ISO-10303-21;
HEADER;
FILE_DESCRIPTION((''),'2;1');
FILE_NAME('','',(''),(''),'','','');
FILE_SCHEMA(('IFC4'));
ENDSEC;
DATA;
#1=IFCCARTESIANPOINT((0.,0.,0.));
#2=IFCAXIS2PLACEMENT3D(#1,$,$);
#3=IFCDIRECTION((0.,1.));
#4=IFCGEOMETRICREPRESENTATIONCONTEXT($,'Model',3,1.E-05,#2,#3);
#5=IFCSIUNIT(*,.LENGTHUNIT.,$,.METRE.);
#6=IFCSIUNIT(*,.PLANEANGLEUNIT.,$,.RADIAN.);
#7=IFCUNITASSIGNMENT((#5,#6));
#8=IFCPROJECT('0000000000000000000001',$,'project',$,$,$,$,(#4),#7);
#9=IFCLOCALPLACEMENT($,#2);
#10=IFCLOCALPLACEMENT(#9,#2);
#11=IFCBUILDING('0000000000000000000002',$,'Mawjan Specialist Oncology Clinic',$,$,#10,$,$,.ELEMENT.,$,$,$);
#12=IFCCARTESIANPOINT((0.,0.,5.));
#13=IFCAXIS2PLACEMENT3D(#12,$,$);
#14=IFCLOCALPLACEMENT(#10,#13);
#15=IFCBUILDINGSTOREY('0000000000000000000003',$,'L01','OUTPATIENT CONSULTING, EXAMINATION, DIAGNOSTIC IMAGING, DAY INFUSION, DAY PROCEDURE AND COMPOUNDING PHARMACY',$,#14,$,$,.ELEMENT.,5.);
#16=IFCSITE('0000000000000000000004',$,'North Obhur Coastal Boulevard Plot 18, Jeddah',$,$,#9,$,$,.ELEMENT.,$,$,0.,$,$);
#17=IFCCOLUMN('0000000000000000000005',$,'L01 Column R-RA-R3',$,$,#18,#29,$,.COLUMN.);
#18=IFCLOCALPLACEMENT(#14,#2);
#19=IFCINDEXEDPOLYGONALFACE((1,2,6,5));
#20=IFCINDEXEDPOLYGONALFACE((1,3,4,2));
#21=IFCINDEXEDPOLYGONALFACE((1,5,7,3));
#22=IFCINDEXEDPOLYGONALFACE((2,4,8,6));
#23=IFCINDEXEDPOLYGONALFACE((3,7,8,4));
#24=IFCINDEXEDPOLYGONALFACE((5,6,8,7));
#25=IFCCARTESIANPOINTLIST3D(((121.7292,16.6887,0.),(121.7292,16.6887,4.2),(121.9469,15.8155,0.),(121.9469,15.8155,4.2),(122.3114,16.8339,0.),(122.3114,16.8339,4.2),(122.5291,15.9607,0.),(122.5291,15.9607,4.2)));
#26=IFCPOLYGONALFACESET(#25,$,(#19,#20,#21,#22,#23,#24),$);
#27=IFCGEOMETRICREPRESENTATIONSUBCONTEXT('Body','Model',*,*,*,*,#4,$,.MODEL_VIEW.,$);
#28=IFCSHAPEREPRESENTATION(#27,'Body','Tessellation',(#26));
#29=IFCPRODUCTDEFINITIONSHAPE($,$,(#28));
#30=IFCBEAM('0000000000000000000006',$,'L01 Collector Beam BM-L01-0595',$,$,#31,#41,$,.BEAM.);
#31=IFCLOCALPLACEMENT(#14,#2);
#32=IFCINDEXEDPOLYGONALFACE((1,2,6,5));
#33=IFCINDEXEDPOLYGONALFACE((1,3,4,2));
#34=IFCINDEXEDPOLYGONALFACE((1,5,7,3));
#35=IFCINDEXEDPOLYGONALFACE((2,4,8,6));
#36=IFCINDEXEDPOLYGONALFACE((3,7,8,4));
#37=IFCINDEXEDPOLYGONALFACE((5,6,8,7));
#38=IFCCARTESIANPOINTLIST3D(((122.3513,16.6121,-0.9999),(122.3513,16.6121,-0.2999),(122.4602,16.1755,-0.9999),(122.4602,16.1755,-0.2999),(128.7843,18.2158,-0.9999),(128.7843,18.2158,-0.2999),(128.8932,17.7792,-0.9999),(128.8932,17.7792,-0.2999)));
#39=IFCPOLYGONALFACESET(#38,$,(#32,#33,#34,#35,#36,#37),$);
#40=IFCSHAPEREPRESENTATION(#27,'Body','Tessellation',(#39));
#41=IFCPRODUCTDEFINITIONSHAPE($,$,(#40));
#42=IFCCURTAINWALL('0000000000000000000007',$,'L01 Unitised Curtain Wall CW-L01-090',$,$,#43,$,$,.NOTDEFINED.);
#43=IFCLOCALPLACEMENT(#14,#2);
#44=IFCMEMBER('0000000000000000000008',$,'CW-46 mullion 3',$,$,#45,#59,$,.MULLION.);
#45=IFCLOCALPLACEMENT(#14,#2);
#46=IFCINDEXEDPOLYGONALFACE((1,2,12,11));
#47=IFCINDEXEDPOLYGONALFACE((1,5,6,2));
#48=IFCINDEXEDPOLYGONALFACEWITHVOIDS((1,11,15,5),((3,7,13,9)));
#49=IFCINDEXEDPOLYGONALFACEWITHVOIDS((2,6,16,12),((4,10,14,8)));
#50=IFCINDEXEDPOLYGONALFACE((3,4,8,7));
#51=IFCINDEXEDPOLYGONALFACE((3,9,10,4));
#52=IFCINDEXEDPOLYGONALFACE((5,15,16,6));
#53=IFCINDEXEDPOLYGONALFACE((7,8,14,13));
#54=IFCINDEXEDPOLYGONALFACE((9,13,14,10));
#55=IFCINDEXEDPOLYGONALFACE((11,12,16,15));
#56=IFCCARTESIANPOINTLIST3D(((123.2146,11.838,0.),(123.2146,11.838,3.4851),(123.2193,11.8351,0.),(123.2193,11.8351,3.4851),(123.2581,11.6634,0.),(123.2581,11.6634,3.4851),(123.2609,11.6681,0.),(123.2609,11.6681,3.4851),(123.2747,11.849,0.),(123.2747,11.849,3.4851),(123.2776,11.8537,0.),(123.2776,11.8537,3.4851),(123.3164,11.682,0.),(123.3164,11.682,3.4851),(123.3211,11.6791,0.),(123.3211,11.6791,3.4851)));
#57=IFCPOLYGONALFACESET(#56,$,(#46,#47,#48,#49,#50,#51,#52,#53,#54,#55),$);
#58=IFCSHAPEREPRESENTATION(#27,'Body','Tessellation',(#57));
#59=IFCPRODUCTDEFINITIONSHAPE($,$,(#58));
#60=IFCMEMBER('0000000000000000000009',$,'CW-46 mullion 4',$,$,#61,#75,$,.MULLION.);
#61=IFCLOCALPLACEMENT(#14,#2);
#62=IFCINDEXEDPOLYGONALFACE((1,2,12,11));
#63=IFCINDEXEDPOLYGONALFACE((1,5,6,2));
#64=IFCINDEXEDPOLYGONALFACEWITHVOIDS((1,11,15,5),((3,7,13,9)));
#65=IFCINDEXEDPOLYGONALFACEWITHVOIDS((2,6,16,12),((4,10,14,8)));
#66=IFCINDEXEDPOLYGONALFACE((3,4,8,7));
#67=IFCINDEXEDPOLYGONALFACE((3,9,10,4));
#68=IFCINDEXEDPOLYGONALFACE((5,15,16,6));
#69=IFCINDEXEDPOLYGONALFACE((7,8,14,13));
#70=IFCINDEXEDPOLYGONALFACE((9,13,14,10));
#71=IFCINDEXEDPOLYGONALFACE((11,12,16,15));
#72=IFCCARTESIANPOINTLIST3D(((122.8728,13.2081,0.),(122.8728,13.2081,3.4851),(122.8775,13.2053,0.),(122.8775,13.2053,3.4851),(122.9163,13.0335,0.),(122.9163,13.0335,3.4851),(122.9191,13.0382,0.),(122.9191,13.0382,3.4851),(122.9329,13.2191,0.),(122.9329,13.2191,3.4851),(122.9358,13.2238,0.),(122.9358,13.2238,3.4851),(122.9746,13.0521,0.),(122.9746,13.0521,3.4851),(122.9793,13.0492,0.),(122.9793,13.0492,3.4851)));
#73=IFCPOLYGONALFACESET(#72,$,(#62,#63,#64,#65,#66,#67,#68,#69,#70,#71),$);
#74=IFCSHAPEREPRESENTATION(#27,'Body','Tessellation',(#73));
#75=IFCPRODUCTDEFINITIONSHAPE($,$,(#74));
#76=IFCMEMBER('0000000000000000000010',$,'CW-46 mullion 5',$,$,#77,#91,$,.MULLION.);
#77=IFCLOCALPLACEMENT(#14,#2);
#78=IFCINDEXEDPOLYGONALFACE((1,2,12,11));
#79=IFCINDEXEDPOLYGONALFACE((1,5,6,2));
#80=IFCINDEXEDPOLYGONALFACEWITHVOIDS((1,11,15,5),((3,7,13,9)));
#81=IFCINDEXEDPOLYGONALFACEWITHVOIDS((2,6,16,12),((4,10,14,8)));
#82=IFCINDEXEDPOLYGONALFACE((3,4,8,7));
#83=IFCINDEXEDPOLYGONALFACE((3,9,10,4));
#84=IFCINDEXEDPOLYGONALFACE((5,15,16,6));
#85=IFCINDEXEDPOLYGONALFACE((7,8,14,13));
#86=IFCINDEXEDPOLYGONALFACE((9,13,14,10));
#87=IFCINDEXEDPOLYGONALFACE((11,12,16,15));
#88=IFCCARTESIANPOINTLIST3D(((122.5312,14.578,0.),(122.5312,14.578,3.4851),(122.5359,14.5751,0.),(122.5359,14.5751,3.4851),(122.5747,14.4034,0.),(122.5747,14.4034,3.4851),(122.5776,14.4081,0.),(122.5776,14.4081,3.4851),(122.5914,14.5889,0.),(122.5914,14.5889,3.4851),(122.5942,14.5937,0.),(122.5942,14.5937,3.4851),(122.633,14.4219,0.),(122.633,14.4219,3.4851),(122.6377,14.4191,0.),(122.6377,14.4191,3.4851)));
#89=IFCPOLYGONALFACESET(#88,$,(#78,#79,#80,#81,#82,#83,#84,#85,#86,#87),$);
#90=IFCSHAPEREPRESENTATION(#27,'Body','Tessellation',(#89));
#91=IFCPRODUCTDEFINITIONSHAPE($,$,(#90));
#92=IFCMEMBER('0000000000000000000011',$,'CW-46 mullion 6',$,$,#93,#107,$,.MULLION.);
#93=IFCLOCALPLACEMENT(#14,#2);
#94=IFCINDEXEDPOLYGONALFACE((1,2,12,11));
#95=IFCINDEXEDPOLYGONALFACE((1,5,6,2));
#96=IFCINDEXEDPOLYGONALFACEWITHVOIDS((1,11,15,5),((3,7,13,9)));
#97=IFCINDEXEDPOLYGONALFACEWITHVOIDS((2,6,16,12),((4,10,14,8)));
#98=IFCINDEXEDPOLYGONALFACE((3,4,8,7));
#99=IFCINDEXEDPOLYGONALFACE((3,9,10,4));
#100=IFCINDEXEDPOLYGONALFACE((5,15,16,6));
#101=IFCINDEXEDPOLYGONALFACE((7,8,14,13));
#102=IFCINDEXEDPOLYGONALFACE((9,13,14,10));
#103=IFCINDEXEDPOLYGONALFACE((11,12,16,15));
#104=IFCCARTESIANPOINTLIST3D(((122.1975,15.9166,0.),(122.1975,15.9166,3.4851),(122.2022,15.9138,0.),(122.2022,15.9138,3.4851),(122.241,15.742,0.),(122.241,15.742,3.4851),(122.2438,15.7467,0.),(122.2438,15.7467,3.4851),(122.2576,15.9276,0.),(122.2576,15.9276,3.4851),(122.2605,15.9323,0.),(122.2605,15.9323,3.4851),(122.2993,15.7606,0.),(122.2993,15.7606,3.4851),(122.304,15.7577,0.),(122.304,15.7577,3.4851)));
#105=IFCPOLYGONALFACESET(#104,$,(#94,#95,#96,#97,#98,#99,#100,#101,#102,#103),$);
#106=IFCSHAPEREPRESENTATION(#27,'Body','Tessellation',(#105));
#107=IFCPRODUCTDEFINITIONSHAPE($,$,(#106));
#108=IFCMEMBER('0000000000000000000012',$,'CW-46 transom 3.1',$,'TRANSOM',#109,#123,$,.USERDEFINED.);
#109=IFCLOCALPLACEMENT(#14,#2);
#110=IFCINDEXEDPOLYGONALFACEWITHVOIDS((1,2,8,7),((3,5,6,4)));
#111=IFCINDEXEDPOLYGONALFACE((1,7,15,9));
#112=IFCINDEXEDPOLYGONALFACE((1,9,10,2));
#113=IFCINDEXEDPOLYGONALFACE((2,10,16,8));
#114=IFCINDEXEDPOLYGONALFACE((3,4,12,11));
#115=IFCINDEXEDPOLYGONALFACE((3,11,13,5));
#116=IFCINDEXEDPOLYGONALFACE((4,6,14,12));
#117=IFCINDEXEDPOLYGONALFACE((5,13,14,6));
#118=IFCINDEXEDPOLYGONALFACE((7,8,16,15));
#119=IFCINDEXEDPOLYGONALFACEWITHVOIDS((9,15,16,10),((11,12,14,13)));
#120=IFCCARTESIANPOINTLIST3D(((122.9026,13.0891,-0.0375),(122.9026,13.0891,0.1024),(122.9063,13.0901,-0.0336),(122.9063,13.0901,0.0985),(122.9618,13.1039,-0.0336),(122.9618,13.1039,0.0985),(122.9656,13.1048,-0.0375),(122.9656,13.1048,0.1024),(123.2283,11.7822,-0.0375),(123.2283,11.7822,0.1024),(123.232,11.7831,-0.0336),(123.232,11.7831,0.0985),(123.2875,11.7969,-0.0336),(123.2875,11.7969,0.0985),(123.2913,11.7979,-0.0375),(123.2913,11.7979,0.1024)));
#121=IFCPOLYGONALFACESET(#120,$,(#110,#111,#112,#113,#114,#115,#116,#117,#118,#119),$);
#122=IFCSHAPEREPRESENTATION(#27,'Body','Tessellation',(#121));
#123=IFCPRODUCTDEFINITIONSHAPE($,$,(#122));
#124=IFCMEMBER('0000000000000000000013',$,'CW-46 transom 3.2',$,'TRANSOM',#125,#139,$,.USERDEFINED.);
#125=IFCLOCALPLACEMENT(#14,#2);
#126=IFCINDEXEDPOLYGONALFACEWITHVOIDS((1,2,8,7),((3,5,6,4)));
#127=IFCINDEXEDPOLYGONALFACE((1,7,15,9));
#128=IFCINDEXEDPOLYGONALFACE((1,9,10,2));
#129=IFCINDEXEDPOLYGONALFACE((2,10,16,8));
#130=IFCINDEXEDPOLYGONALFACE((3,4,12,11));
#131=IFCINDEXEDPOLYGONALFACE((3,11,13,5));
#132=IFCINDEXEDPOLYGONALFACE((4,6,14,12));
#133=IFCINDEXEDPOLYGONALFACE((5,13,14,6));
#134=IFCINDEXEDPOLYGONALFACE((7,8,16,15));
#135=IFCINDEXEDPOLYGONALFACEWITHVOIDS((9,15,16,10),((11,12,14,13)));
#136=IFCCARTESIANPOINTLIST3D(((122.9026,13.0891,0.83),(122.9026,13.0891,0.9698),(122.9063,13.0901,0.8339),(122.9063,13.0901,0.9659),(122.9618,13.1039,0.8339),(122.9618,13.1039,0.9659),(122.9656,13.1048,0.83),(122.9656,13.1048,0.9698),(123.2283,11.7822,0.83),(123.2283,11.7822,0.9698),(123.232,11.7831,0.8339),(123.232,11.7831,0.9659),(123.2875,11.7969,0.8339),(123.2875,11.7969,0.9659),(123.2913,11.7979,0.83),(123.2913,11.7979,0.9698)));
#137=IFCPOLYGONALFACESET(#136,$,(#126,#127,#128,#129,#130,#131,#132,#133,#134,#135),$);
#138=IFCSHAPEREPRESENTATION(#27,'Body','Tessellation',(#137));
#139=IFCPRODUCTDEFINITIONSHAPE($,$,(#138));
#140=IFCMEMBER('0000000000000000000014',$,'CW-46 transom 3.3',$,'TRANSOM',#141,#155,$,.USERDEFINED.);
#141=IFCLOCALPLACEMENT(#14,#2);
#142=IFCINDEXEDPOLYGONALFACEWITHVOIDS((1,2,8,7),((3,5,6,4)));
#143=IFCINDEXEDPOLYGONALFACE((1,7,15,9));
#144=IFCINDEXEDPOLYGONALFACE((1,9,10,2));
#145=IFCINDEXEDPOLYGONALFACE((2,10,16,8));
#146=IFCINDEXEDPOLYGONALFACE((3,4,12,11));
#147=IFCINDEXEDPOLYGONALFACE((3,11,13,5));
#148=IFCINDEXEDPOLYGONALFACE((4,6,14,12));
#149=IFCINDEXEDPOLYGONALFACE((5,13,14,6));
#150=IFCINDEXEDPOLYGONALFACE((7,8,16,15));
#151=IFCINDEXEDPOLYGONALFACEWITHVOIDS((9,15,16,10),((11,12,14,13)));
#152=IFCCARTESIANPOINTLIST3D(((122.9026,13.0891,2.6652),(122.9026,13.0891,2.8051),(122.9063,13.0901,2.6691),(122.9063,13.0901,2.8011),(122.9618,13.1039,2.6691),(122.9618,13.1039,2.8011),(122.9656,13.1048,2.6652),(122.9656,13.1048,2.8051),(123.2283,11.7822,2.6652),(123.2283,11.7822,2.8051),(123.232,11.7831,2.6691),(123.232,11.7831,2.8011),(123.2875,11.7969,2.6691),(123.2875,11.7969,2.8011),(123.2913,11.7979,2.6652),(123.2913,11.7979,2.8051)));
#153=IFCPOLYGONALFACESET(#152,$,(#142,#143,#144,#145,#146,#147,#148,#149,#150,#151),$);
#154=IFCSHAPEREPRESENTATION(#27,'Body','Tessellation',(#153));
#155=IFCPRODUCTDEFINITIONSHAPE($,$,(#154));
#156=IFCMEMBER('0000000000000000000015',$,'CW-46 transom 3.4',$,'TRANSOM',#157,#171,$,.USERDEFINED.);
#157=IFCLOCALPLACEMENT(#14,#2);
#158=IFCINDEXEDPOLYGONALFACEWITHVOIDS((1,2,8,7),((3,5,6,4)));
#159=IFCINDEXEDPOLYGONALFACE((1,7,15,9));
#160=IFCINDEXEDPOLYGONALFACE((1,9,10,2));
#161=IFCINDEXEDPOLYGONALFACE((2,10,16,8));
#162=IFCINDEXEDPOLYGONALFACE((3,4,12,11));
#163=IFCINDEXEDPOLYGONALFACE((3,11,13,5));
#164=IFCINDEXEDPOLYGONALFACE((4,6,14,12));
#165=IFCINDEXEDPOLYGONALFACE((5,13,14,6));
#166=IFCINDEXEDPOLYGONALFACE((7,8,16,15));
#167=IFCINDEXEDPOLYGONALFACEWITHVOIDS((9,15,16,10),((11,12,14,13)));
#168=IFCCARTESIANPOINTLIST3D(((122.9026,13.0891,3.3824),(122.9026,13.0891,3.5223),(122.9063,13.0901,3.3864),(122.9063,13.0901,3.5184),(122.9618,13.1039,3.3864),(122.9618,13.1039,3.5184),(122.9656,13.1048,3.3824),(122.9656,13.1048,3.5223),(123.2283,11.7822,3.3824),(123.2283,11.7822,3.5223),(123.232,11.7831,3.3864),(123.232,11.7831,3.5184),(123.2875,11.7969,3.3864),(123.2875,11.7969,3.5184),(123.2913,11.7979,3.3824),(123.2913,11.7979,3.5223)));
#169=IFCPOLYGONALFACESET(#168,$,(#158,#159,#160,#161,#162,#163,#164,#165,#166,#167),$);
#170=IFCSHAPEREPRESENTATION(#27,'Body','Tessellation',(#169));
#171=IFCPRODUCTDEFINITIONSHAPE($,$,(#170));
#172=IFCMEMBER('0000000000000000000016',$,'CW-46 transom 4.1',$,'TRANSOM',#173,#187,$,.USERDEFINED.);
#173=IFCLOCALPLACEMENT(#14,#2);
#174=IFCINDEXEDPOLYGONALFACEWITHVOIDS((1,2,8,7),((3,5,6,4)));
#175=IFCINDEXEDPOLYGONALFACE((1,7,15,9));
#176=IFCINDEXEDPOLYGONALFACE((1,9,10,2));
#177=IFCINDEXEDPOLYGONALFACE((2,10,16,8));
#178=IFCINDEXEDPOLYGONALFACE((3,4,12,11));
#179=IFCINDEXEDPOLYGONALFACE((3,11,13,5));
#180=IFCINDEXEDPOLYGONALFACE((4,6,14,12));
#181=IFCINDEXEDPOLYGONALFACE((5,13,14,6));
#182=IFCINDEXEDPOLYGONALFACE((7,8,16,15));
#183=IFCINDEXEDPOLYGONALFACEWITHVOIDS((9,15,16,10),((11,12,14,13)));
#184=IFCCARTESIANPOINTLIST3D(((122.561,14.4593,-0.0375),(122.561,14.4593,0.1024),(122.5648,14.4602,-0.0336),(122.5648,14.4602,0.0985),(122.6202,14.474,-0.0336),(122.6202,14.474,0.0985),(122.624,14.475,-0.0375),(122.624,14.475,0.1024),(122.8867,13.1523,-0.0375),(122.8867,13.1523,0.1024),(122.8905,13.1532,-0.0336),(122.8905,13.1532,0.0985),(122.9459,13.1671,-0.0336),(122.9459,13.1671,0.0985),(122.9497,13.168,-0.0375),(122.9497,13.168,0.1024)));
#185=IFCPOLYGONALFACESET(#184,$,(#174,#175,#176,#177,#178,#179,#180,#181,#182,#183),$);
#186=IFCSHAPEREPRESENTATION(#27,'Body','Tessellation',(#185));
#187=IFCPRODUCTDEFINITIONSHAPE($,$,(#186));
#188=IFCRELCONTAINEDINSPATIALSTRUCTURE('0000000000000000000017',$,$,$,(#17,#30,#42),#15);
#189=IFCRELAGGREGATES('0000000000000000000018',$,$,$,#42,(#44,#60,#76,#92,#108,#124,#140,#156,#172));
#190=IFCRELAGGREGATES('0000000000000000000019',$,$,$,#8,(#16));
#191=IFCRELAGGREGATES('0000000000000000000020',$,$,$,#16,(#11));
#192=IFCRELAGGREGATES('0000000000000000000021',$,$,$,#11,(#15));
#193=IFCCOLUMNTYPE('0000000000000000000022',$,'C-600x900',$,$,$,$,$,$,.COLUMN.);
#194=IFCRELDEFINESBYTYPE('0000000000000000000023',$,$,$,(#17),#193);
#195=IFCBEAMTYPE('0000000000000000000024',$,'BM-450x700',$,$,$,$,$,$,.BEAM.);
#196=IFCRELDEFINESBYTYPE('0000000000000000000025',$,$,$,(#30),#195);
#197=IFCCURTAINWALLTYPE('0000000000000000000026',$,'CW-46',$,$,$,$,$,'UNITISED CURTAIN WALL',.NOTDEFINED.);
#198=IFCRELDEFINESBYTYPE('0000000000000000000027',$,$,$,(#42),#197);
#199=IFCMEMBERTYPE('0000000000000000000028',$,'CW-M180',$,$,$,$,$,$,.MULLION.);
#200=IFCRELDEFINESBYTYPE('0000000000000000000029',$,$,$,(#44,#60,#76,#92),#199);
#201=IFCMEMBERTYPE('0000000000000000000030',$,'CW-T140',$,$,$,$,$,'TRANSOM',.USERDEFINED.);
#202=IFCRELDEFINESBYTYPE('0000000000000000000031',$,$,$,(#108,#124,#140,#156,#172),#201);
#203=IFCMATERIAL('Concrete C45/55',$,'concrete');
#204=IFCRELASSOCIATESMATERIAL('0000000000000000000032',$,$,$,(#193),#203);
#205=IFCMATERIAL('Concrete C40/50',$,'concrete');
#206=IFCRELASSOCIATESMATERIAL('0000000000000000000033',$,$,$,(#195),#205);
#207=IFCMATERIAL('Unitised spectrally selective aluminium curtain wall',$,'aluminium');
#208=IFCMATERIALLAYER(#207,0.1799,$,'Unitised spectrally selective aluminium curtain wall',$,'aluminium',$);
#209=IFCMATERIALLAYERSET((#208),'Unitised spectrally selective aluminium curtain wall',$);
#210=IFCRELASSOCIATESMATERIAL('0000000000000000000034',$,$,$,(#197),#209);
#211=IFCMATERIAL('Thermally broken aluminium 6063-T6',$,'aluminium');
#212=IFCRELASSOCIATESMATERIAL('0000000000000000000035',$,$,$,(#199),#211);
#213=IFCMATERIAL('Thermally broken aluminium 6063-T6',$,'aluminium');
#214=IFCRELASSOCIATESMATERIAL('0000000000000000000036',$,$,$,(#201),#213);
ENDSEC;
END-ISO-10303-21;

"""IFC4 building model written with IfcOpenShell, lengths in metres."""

from ifc_helpers import new_model, si_unit, direction, frame, origin, origin_2d, place, context, subcontext, project, spatial, rectangle, hollow_rectangle, extrude, material, layer, layer_set, material_profile, profile_set, type_object, element, aggregate, save


model = new_model("IFC4")

# Units and contexts
model_context = context("Model", 3, precision=1e-05, world=origin(), true_north=direction((0.0, 1.0)))
body_context = subcontext(model_context, "Body", "Model", "MODEL_VIEW")
ifc_project = project(units=[si_unit("LENGTHUNIT", "METRE"), si_unit("PLANEANGLEUNIT", "RADIAN")], contexts=[model_context])

# Site, building, storey
site_placement = place(None, origin())
site = spatial("IfcSite", under=ifc_project, at=site_placement, Name="North Obhur Coastal Boulevard Plot 18, Jeddah", CompositionType="ELEMENT", RefElevation=0.0)
building_placement = place(site_placement, origin())
building = spatial("IfcBuilding", under=site, at=building_placement, Name="Mawjan Specialist Oncology Clinic", CompositionType="ELEMENT")
storey_placement = place(building_placement, frame((0.0, 0.0, 5.0)))
storey = spatial("IfcBuildingStorey", under=building, at=storey_placement, Name="L01", Description="OUTPATIENT CONSULTING, EXAMINATION, DIAGNOSTIC IMAGING, DAY INFUSION, DAY PROCEDURE AND COMPOUNDING PHARMACY", CompositionType="ELEMENT", Elevation=5.0)

# Column
ifc_material_1 = material(Name="Concrete C45/55", Category="concrete")
ifc_material_profile_1 = material_profile(ifc_material_1, rectangle(XDim=0.6001, YDim=0.8999, at=origin_2d()), Name="RC COL 600x900", Category="concrete")
ifc_profile_set_1 = profile_set([ifc_material_profile_1], Name="Concrete C45/55")
column_type = type_object("IfcColumnType", Name="C-600x900", PredefinedType="COLUMN", material=ifc_profile_set_1)
column_placement = place(storey_placement, frame((122.1292, 16.3247, 0.0), z_axis=(0.0, 0.0, 1.0), x_axis=(0.970296, 0.241922, 0.0)))
element("IfcColumn", 1, at=column_placement, inside=storey, type_object=column_type, Name="L01 Column R-RA-R3", PredefinedType="COLUMN", context=body_context, shape_type="SweptSolid", body=[
    extrude(rectangle(XDim=0.6001, YDim=0.8999, at=origin_2d()), origin(), (0.0, 0.0, 1.0), 4.2),
])

# Beam
ifc_material_2 = material(Name="Concrete C40/50", Category="concrete")
ifc_material_profile_2 = material_profile(ifc_material_2, rectangle(XDim=0.45, YDim=0.7, at=origin_2d()), Name="RC BM 450x700", Category="concrete")
ifc_profile_set_2 = profile_set([ifc_material_profile_2], Name="Concrete C40/50")
beam_type_1 = type_object("IfcBeamType", Name="BM-450x700", PredefinedType="BEAM", material=ifc_profile_set_2)
beam_1_placement = place(storey_placement, frame((122.4058, 16.3938, -0.6499), z_axis=(0.970303, 0.241894, 0.0), x_axis=(-0.241894, 0.970303, 0.0)))
element("IfcBeam", 2, at=beam_1_placement, inside=storey, type_object=beam_type_1, Name="L01 Collector Beam BM-L01-0595", PredefinedType="BEAM", context=body_context, shape_type="SweptSolid", body=[
    extrude(rectangle(XDim=0.45, YDim=0.7, at=origin_2d()), origin(), (0.0, 0.0, 1.0), 6.6299),
])

# Curtain wall, members
ifc_material_3 = material(Name="Unitised spectrally selective aluminium curtain wall", Category="aluminium")
ifc_layer_1 = layer(ifc_material_3, 0.1799, Name="Unitised spectrally selective aluminium curtain wall", Category="aluminium")
ifc_layer_set_1 = layer_set([ifc_layer_1], Name="Unitised spectrally selective aluminium curtain wall")
curtain_wall_type = type_object("IfcCurtainWallType", Name="CW-46", ElementType="UNITISED CURTAIN WALL", PredefinedType="NOTDEFINED", material=ifc_layer_set_1)
curtain_wall_placement = place(storey_placement, origin())
curtain_wall = element("IfcCurtainWall", 3, at=curtain_wall_placement, inside=storey, type_object=curtain_wall_type, Name="L01 Unitised Curtain Wall CW-L01-090", PredefinedType="NOTDEFINED")
ifc_material_4 = material(Name="Thermally broken aluminium 6063-T6", Category="aluminium")
ifc_material_profile_3 = material_profile(ifc_material_4, hollow_rectangle(XDim=0.0649, YDim=0.1799, WallThickness=0.0039, at=origin_2d()), Name="ALU MULLION 180x65x4", Category="aluminium")
ifc_profile_set_3 = profile_set([ifc_material_profile_3], Name="Thermally broken aluminium 6063-T6")
member_type_1 = type_object("IfcMemberType", Name="CW-M180", PredefinedType="MULLION", material=ifc_profile_set_3)
member_1_placement = place(storey_placement, frame((123.2678, 11.7585, 0.0), z_axis=(0.0, 0.0, 1.0), x_axis=(-0.970296, -0.241922, 0.0)))
member_1 = element("IfcMember", 4, at=member_1_placement, type_object=member_type_1, Name="CW-46 mullion 3", PredefinedType="MULLION", context=body_context, shape_type="SweptSolid", body=[
    extrude(hollow_rectangle(XDim=0.0649, YDim=0.1799, WallThickness=0.0039, at=origin_2d()), origin(), (0.0, 0.0, 1.0), 3.4851),
])
member_2_placement = place(storey_placement, frame((122.926, 13.1287, 0.0), z_axis=(0.0, 0.0, 1.0), x_axis=(-0.970296, -0.241922, 0.0)))
member_2 = element("IfcMember", 5, at=member_2_placement, type_object=member_type_1, Name="CW-46 mullion 4", PredefinedType="MULLION", context=body_context, shape_type="SweptSolid", body=[
    extrude(hollow_rectangle(XDim=0.0649, YDim=0.1799, WallThickness=0.0039, at=origin_2d()), origin(), (0.0, 0.0, 1.0), 3.4851),
])
member_3_placement = place(storey_placement, frame((122.5845, 14.4985, 0.0), z_axis=(0.0, 0.0, 1.0), x_axis=(-0.970296, -0.241922, 0.0)))
member_3 = element("IfcMember", 6, at=member_3_placement, type_object=member_type_1, Name="CW-46 mullion 5", PredefinedType="MULLION", context=body_context, shape_type="SweptSolid", body=[
    extrude(hollow_rectangle(XDim=0.0649, YDim=0.1799, WallThickness=0.0039, at=origin_2d()), origin(), (0.0, 0.0, 1.0), 3.4851),
])
member_4_placement = place(storey_placement, frame((122.2507, 15.8372, 0.0), z_axis=(0.0, 0.0, 1.0), x_axis=(-0.970296, -0.241922, 0.0)))
member_4 = element("IfcMember", 7, at=member_4_placement, type_object=member_type_1, Name="CW-46 mullion 6", PredefinedType="MULLION", context=body_context, shape_type="SweptSolid", body=[
    extrude(hollow_rectangle(XDim=0.0649, YDim=0.1799, WallThickness=0.0039, at=origin_2d()), origin(), (0.0, 0.0, 1.0), 3.4851),
])
ifc_material_5 = material(Name="Thermally broken aluminium 6063-T6", Category="aluminium")
ifc_material_profile_4 = material_profile(ifc_material_5, hollow_rectangle(XDim=0.0649, YDim=0.1399, WallThickness=0.0039, at=origin_2d()), Name="ALU TRANSOM 140x65x4", Category="aluminium")
ifc_profile_set_4 = profile_set([ifc_material_profile_4], Name="Thermally broken aluminium 6063-T6")
member_type_2 = type_object("IfcMemberType", Name="CW-T140", ElementType="TRANSOM", PredefinedType="USERDEFINED", material=ifc_profile_set_4)
member_5_placement = place(storey_placement, frame((123.2598, 11.79, 0.0325), z_axis=(-0.24181, 0.970323, 0.0), x_axis=(-0.970323, -0.24181, 0.0)))
member_5 = element("IfcMember", 8, at=member_5_placement, type_object=member_type_2, Name="CW-46 transom 3.1", ObjectType="TRANSOM", PredefinedType="USERDEFINED", context=body_context, shape_type="SweptSolid", body=[
    extrude(hollow_rectangle(XDim=0.0649, YDim=0.1399, WallThickness=0.0039, at=origin_2d()), origin(), (0.0, 0.0, 1.0), 1.3469),
])
member_6_placement = place(storey_placement, frame((123.2598, 11.79, 0.8999), z_axis=(-0.24181, 0.970323, 0.0), x_axis=(-0.970323, -0.24181, 0.0)))
member_6 = element("IfcMember", 9, at=member_6_placement, type_object=member_type_2, Name="CW-46 transom 3.2", ObjectType="TRANSOM", PredefinedType="USERDEFINED", context=body_context, shape_type="SweptSolid", body=[
    extrude(hollow_rectangle(XDim=0.0649, YDim=0.1399, WallThickness=0.0039, at=origin_2d()), origin(), (0.0, 0.0, 1.0), 1.3469),
])
member_7_placement = place(storey_placement, frame((123.2598, 11.79, 2.7351), z_axis=(-0.24181, 0.970323, 0.0), x_axis=(-0.970323, -0.24181, 0.0)))
member_7 = element("IfcMember", 10, at=member_7_placement, type_object=member_type_2, Name="CW-46 transom 3.3", ObjectType="TRANSOM", PredefinedType="USERDEFINED", context=body_context, shape_type="SweptSolid", body=[
    extrude(hollow_rectangle(XDim=0.0649, YDim=0.1399, WallThickness=0.0039, at=origin_2d()), origin(), (0.0, 0.0, 1.0), 1.3469),
])
member_8_placement = place(storey_placement, frame((123.2598, 11.79, 3.4524), z_axis=(-0.24181, 0.970323, 0.0), x_axis=(-0.970323, -0.24181, 0.0)))
member_8 = element("IfcMember", 11, at=member_8_placement, type_object=member_type_2, Name="CW-46 transom 3.4", ObjectType="TRANSOM", PredefinedType="USERDEFINED", context=body_context, shape_type="SweptSolid", body=[
    extrude(hollow_rectangle(XDim=0.0649, YDim=0.1399, WallThickness=0.0039, at=origin_2d()), origin(), (0.0, 0.0, 1.0), 1.3469),
])
member_9_placement = place(storey_placement, frame((122.9182, 13.1602, 0.0325), z_axis=(-0.24181, 0.970323, 0.0), x_axis=(-0.970323, -0.24181, 0.0)))
member_9 = element("IfcMember", 12, at=member_9_placement, type_object=member_type_2, Name="CW-46 transom 4.1", ObjectType="TRANSOM", PredefinedType="USERDEFINED", context=body_context, shape_type="SweptSolid", body=[
    extrude(hollow_rectangle(XDim=0.0649, YDim=0.1399, WallThickness=0.0039, at=origin_2d()), origin(), (0.0, 0.0, 1.0), 1.3469),
])

aggregate(curtain_wall, [member_1, member_2, member_3, member_4, member_5, member_6, member_7, member_8, member_9])

save(model, "model.ifc")
